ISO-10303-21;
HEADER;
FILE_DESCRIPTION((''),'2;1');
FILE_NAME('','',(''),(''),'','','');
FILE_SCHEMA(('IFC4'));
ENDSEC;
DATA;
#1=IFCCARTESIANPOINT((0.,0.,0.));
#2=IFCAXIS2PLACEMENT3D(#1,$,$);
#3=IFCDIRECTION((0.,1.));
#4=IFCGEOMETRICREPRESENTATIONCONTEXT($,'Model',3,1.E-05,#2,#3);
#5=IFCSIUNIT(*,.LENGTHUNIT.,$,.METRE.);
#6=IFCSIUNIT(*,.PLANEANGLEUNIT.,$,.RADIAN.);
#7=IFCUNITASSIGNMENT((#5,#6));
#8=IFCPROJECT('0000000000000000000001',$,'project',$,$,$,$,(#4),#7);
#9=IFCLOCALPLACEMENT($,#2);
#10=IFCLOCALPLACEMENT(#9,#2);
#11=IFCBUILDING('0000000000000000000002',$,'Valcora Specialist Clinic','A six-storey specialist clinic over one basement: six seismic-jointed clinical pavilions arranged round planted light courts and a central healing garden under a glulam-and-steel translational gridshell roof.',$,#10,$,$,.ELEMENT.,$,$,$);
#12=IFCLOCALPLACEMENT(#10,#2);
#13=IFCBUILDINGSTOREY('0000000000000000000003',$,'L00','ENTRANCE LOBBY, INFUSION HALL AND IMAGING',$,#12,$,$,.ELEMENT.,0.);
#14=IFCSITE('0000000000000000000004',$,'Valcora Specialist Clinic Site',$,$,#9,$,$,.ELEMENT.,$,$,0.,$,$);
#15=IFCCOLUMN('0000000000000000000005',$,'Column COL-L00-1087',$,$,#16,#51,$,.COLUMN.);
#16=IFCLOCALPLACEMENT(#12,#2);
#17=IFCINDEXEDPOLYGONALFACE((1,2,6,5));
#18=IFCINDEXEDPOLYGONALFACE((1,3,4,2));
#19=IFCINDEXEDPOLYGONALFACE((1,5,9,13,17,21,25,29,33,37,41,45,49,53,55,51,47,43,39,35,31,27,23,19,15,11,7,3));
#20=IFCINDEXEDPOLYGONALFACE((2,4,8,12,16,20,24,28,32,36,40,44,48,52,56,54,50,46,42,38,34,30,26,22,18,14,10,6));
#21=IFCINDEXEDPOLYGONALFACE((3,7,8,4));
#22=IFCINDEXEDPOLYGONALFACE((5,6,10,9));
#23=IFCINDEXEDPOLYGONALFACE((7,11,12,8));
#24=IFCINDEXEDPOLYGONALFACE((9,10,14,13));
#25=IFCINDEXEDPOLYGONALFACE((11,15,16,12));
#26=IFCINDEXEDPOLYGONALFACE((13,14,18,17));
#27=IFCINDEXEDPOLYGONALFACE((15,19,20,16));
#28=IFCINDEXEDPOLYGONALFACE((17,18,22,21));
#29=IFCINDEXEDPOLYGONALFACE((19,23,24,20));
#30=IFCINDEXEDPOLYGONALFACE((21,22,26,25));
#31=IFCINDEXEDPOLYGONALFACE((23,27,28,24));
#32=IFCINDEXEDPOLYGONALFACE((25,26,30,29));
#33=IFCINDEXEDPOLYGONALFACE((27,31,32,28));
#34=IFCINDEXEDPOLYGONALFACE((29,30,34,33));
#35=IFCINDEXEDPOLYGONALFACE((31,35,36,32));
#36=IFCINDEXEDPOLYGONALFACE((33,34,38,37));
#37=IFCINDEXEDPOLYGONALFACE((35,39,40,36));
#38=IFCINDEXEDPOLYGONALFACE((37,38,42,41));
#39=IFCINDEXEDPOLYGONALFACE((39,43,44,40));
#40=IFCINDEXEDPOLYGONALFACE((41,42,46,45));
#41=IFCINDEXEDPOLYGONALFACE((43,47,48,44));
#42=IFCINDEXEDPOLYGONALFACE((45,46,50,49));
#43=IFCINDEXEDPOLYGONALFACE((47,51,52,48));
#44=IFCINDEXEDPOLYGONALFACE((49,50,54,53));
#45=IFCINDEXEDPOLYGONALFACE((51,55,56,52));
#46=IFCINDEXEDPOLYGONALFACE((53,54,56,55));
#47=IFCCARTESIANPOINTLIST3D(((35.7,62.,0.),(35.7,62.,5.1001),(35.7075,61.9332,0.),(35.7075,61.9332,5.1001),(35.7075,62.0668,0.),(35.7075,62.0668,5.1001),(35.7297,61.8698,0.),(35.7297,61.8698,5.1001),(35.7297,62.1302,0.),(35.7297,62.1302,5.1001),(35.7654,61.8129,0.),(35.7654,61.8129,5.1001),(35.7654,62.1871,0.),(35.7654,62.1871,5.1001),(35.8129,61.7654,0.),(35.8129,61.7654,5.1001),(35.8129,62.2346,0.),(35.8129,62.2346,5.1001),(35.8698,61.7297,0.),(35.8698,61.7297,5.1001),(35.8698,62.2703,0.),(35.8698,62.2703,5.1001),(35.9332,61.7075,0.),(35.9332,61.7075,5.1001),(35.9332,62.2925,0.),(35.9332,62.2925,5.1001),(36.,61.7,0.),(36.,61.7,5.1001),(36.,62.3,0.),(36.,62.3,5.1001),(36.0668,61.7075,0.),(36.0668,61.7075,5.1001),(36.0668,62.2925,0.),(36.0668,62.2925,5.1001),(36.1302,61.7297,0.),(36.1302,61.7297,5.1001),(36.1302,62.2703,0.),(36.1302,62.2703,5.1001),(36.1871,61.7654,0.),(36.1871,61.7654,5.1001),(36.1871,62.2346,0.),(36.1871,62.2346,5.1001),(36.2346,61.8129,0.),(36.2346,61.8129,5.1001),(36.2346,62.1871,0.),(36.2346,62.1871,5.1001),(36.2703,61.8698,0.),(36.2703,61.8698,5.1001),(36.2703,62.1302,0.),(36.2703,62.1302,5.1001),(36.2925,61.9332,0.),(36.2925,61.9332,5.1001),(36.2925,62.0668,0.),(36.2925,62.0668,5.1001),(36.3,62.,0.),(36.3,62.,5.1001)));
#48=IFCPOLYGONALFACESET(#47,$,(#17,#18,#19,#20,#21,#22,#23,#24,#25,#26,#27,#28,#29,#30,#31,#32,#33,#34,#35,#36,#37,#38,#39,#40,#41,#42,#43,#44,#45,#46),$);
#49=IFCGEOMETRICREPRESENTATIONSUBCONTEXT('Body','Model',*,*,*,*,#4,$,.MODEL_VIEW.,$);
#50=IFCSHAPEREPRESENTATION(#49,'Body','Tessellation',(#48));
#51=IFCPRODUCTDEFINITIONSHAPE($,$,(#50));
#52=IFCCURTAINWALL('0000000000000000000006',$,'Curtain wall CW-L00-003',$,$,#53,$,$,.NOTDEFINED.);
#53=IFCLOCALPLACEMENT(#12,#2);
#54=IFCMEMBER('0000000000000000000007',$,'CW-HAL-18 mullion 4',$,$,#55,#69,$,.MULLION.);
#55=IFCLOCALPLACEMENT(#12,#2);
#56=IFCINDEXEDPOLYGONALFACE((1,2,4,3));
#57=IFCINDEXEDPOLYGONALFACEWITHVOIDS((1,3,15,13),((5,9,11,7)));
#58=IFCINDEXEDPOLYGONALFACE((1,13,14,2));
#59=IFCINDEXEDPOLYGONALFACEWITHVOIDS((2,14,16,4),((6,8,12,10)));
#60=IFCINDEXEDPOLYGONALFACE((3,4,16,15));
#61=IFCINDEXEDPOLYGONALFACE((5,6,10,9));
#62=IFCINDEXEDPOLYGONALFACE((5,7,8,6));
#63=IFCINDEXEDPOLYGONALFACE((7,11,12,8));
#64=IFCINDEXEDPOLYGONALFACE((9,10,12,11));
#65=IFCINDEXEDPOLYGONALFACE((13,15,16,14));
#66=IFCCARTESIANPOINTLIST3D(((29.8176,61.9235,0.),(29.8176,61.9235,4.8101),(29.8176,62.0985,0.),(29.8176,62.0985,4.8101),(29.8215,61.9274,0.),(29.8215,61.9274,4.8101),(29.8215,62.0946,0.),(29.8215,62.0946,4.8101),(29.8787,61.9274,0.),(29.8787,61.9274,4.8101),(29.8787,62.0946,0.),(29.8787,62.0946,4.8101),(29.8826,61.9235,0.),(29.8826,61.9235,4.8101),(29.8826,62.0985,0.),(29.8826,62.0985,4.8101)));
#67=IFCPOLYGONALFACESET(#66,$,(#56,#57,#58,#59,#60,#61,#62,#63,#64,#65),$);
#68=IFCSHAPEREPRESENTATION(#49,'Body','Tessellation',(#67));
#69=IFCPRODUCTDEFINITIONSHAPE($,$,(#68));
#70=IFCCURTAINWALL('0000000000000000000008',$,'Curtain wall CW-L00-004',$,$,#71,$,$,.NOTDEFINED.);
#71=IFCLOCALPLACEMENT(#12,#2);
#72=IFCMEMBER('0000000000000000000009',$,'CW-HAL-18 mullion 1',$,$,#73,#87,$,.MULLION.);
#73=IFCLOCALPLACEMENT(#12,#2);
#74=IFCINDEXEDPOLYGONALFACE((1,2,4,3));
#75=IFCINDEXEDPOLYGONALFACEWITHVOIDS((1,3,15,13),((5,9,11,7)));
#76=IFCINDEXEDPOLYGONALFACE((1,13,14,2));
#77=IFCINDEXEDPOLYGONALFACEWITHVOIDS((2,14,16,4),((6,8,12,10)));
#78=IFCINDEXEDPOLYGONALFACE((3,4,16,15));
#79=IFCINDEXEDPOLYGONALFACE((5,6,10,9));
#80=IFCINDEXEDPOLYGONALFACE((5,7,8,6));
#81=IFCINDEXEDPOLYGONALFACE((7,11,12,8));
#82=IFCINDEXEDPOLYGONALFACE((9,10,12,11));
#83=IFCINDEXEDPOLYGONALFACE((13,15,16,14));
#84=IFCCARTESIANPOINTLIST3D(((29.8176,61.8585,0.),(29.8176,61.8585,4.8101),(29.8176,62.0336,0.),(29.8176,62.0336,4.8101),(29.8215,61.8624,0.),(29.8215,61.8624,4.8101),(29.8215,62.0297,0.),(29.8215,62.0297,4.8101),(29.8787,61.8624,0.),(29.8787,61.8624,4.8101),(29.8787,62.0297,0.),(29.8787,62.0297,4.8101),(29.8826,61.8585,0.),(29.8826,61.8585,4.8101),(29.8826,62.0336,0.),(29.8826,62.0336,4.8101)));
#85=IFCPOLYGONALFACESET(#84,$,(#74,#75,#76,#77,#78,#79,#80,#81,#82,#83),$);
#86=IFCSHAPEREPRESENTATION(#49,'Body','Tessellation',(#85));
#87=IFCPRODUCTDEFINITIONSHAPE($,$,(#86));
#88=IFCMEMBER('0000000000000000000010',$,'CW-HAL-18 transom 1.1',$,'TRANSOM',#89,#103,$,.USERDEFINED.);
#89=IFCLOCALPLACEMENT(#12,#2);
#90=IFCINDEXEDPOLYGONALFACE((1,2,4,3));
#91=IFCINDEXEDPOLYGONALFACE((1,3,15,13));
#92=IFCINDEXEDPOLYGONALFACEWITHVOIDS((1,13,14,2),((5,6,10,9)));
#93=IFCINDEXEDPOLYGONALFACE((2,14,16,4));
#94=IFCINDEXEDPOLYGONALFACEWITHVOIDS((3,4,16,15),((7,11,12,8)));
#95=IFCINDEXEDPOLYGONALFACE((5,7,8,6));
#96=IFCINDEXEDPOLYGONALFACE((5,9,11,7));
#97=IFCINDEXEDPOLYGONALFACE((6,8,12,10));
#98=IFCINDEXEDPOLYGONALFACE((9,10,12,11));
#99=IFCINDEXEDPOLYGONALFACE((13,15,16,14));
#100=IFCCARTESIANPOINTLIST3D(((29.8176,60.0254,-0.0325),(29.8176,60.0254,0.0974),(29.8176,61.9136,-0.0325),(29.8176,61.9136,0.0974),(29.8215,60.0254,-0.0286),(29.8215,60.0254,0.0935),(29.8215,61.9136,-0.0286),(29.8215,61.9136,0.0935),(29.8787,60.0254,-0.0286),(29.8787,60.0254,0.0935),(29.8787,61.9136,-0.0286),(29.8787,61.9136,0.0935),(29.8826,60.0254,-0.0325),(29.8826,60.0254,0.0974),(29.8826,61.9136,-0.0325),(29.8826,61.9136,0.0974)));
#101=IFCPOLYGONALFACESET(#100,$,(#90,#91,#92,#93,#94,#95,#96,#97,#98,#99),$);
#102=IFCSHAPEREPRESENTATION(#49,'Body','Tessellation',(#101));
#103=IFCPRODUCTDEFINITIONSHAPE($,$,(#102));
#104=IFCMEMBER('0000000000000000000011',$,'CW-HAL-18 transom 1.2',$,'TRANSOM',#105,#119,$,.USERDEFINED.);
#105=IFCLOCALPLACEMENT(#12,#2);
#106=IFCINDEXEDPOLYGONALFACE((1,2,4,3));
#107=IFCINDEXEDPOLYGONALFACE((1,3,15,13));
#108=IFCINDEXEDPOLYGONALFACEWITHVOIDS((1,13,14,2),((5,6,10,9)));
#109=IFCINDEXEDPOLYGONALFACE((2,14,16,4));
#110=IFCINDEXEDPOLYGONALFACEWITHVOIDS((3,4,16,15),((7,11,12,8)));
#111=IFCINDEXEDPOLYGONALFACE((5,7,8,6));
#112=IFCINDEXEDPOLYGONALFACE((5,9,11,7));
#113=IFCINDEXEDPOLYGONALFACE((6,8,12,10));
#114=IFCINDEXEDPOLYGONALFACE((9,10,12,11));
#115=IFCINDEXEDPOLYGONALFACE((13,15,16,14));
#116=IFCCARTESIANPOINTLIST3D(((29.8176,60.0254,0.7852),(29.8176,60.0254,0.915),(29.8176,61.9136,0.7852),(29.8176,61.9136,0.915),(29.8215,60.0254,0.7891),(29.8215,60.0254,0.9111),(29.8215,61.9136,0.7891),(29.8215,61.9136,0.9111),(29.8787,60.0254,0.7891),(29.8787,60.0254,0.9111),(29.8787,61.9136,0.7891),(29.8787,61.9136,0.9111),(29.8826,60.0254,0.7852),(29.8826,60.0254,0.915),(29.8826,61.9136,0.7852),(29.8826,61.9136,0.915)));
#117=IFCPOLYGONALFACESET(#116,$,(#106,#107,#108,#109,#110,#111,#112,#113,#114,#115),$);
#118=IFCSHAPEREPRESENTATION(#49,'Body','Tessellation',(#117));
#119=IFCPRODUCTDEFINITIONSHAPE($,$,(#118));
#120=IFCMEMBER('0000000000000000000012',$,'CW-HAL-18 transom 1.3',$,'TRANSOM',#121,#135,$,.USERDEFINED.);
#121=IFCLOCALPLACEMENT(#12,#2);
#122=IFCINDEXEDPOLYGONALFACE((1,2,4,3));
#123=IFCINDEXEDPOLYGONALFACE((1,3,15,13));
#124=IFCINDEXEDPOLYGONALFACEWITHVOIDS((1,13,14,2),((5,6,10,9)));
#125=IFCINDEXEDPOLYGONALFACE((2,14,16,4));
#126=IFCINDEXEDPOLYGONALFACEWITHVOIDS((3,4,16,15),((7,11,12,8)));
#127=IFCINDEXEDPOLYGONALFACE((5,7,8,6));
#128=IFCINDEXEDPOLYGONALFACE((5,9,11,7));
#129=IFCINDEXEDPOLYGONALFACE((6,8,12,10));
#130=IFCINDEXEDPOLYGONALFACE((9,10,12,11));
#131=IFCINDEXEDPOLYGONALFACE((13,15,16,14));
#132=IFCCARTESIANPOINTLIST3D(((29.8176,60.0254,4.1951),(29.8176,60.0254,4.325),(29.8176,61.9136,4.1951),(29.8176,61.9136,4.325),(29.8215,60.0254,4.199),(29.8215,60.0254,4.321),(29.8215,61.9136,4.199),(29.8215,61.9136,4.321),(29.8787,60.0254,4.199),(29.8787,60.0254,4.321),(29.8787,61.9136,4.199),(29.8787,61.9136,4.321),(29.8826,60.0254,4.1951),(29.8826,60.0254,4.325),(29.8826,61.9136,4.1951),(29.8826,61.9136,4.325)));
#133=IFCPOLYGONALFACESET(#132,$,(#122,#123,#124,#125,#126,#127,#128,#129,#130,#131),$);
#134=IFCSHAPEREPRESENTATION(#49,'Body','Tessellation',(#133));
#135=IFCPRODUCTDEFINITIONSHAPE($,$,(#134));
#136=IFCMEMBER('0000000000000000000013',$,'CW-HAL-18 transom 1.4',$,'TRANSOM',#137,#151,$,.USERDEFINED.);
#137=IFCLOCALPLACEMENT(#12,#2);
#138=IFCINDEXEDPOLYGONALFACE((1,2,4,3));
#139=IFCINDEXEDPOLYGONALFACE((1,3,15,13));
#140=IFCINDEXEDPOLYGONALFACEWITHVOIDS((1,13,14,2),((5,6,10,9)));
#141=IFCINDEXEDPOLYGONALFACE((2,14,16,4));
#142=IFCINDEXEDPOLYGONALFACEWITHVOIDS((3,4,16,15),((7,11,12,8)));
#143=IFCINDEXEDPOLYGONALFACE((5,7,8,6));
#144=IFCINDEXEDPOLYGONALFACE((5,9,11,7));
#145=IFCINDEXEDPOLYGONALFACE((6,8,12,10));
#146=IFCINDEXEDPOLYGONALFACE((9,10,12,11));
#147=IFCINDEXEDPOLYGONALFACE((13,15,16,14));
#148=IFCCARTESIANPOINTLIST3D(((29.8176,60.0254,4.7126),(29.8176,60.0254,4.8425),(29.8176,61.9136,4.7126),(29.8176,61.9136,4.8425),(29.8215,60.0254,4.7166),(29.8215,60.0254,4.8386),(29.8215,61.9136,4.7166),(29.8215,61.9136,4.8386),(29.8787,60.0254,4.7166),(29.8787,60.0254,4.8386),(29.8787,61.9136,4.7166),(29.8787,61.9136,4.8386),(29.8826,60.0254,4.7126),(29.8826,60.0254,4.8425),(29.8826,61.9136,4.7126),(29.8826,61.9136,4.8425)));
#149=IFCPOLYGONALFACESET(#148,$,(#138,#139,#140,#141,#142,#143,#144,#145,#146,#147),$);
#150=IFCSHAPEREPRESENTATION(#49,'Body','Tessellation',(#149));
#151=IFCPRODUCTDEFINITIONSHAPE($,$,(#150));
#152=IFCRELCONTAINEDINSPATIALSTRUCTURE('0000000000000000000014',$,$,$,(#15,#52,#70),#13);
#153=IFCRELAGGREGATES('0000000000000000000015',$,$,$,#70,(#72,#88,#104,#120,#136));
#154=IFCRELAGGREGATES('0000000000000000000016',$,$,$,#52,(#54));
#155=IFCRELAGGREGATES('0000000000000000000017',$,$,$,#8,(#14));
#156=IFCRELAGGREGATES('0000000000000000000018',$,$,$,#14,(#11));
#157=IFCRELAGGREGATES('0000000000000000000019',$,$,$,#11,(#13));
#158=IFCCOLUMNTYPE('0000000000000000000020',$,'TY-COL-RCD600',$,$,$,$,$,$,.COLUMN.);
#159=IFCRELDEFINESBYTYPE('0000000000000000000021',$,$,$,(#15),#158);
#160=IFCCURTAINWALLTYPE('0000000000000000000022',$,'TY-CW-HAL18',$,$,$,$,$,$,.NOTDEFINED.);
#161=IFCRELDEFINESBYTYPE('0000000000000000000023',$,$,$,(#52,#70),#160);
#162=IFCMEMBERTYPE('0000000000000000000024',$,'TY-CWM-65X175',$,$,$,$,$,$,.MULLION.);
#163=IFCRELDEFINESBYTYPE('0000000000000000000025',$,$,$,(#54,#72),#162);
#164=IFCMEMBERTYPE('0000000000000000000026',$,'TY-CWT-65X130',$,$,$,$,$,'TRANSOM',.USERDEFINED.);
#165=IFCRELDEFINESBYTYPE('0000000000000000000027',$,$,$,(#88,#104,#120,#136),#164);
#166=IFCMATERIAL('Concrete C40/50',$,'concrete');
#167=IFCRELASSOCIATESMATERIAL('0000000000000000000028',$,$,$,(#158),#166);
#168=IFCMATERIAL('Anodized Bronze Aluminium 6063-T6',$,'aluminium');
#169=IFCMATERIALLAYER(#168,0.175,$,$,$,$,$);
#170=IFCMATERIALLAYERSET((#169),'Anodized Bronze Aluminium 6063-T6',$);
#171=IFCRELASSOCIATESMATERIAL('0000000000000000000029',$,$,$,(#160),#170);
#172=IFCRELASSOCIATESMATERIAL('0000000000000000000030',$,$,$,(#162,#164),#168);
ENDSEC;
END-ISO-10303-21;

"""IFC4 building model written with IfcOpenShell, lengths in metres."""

from ifc_helpers import new_model, si_unit, direction, frame, origin, origin_2d, place, context, subcontext, project, spatial, hollow_rectangle, circle, extrude, material, layer, layer_set, material_profile, profile_set, type_object, element, aggregate, save


model = new_model("IFC4")

# Units and contexts
model_context = context("Model", 3, precision=1e-05, world=origin(), true_north=direction((0.0, 1.0)))
body_context = subcontext(model_context, "Body", "Model", "MODEL_VIEW")
ifc_project = project(units=[si_unit("LENGTHUNIT", "METRE"), si_unit("PLANEANGLEUNIT", "RADIAN")], contexts=[model_context])

# Site, building, storey
site_placement = place(None, origin())
site = spatial("IfcSite", under=ifc_project, at=site_placement, Name="Valcora Specialist Clinic Site", CompositionType="ELEMENT", RefElevation=0.0)
building_placement = place(site_placement, origin())
building = spatial("IfcBuilding", under=site, at=building_placement, Name="Valcora Specialist Clinic", Description="A six-storey specialist clinic over one basement: six seismic-jointed clinical pavilions arranged round planted light courts and a central healing garden under a glulam-and-steel translational gridshell roof.", CompositionType="ELEMENT")
storey_placement = place(building_placement, origin())
storey = spatial("IfcBuildingStorey", under=building, at=storey_placement, Name="L00", Description="ENTRANCE LOBBY, INFUSION HALL AND IMAGING", CompositionType="ELEMENT", Elevation=0.0)

# Column
ifc_material_1 = material(Name="Concrete C40/50", Category="concrete")
ifc_material_profile_1 = material_profile(ifc_material_1, circle(Radius=0.3, at=origin_2d()), Name="RC-COL-D600")
ifc_profile_set_1 = profile_set([ifc_material_profile_1], Name="Concrete C40/50")
column_type = type_object("IfcColumnType", Name="TY-COL-RCD600", PredefinedType="COLUMN", material=ifc_profile_set_1)
column_placement = place(storey_placement, frame((36.0, 62.0, 0.0), z_axis=(0.0, 0.0, 1.0), x_axis=(1.0, 0.0, 0.0)))
element("IfcColumn", 1, at=column_placement, inside=storey, type_object=column_type, Name="Column COL-L00-1087", PredefinedType="COLUMN", context=body_context, shape_type="SweptSolid", body=[
    extrude(circle(Radius=0.3, at=origin_2d()), origin(), (0.0, 0.0, 1.0), 5.1001),
])

# Curtain wall, member
ifc_material_2 = material(Name="Anodized Bronze Aluminium 6063-T6", Category="aluminium")
ifc_layer_1 = layer(ifc_material_2, 0.175)
ifc_layer_set_1 = layer_set([ifc_layer_1], Name="Anodized Bronze Aluminium 6063-T6")
curtain_wall_type = type_object("IfcCurtainWallType", Name="TY-CW-HAL18", PredefinedType="NOTDEFINED", material=ifc_layer_set_1)
curtain_wall_1_placement = place(storey_placement, origin())
curtain_wall_1 = element("IfcCurtainWall", 2, at=curtain_wall_1_placement, inside=storey, type_object=curtain_wall_type, Name="Curtain wall CW-L00-003", PredefinedType="NOTDEFINED")
ifc_material_profile_2 = material_profile(ifc_material_2, hollow_rectangle(XDim=0.0649, YDim=0.175, WallThickness=0.0039, at=origin_2d()), Name="AL-MUL-65X175")
ifc_profile_set_2 = profile_set([ifc_material_profile_2], Name="Anodized Bronze Aluminium 6063-T6")
member_type_1 = type_object("IfcMemberType", Name="TY-CWM-65X175", PredefinedType="MULLION", material=ifc_profile_set_2)
member_1_placement = place(storey_placement, frame((29.8501, 62.011, 0.0), z_axis=(0.0, 0.0, 1.0), x_axis=(1.0, 0.0, 0.0)))
member_1 = element("IfcMember", 3, at=member_1_placement, type_object=member_type_1, Name="CW-HAL-18 mullion 4", PredefinedType="MULLION", context=body_context, shape_type="SweptSolid", body=[
    extrude(hollow_rectangle(XDim=0.0649, YDim=0.175, WallThickness=0.0039, at=origin_2d()), origin(), (0.0, 0.0, 1.0), 4.8101),
])

# Curtain wall, members
curtain_wall_2_placement = place(storey_placement, origin())
curtain_wall_2 = element("IfcCurtainWall", 4, at=curtain_wall_2_placement, inside=storey, type_object=curtain_wall_type, Name="Curtain wall CW-L00-004", PredefinedType="NOTDEFINED")
member_2_placement = place(storey_placement, frame((29.8501, 61.946, 0.0), z_axis=(0.0, 0.0, 1.0), x_axis=(1.0, 0.0, 0.0)))
member_2 = element("IfcMember", 5, at=member_2_placement, type_object=member_type_1, Name="CW-HAL-18 mullion 1", PredefinedType="MULLION", context=body_context, shape_type="SweptSolid", body=[
    extrude(hollow_rectangle(XDim=0.0649, YDim=0.175, WallThickness=0.0039, at=origin_2d()), origin(), (0.0, 0.0, 1.0), 4.8101),
])
ifc_material_profile_3 = material_profile(ifc_material_2, hollow_rectangle(XDim=0.0649, YDim=0.1299, WallThickness=0.0039, at=origin_2d()), Name="AL-TRN-65X130")
ifc_profile_set_3 = profile_set([ifc_material_profile_3], Name="Anodized Bronze Aluminium 6063-T6")
member_type_2 = type_object("IfcMemberType", Name="TY-CWT-65X130", ElementType="TRANSOM", PredefinedType="USERDEFINED", material=ifc_profile_set_3)
member_3_placement = place(storey_placement, frame((29.8501, 61.9136, 0.0325), z_axis=(0.0, -1.0, 0.0), x_axis=(1.0, 0.0, 0.0)))
member_3 = element("IfcMember", 6, at=member_3_placement, type_object=member_type_2, Name="CW-HAL-18 transom 1.1", ObjectType="TRANSOM", PredefinedType="USERDEFINED", context=body_context, shape_type="SweptSolid", body=[
    extrude(hollow_rectangle(XDim=0.0649, YDim=0.1299, WallThickness=0.0039, at=origin_2d()), origin(), (0.0, 0.0, 1.0), 1.8882),
])
member_4_placement = place(storey_placement, frame((29.8501, 61.9136, 0.8501), z_axis=(0.0, -1.0, 0.0), x_axis=(1.0, 0.0, 0.0)))
member_4 = element("IfcMember", 7, at=member_4_placement, type_object=member_type_2, Name="CW-HAL-18 transom 1.2", ObjectType="TRANSOM", PredefinedType="USERDEFINED", context=body_context, shape_type="SweptSolid", body=[
    extrude(hollow_rectangle(XDim=0.0649, YDim=0.1299, WallThickness=0.0039, at=origin_2d()), origin(), (0.0, 0.0, 1.0), 1.8882),
])
member_5_placement = place(storey_placement, frame((29.8501, 61.9136, 4.26), z_axis=(0.0, -1.0, 0.0), x_axis=(1.0, 0.0, 0.0)))
member_5 = element("IfcMember", 8, at=member_5_placement, type_object=member_type_2, Name="CW-HAL-18 transom 1.3", ObjectType="TRANSOM", PredefinedType="USERDEFINED", context=body_context, shape_type="SweptSolid", body=[
    extrude(hollow_rectangle(XDim=0.0649, YDim=0.1299, WallThickness=0.0039, at=origin_2d()), origin(), (0.0, 0.0, 1.0), 1.8882),
])
member_6_placement = place(storey_placement, frame((29.8501, 61.9136, 4.7776), z_axis=(0.0, -1.0, 0.0), x_axis=(1.0, 0.0, 0.0)))
member_6 = element("IfcMember", 9, at=member_6_placement, type_object=member_type_2, Name="CW-HAL-18 transom 1.4", ObjectType="TRANSOM", PredefinedType="USERDEFINED", context=body_context, shape_type="SweptSolid", body=[
    extrude(hollow_rectangle(XDim=0.0649, YDim=0.1299, WallThickness=0.0039, at=origin_2d()), origin(), (0.0, 0.0, 1.0), 1.8882),
])

aggregate(curtain_wall_2, [member_2, member_3, member_4, member_5, member_6])
aggregate(curtain_wall_1, [member_1])

save(model, "model.ifc")
